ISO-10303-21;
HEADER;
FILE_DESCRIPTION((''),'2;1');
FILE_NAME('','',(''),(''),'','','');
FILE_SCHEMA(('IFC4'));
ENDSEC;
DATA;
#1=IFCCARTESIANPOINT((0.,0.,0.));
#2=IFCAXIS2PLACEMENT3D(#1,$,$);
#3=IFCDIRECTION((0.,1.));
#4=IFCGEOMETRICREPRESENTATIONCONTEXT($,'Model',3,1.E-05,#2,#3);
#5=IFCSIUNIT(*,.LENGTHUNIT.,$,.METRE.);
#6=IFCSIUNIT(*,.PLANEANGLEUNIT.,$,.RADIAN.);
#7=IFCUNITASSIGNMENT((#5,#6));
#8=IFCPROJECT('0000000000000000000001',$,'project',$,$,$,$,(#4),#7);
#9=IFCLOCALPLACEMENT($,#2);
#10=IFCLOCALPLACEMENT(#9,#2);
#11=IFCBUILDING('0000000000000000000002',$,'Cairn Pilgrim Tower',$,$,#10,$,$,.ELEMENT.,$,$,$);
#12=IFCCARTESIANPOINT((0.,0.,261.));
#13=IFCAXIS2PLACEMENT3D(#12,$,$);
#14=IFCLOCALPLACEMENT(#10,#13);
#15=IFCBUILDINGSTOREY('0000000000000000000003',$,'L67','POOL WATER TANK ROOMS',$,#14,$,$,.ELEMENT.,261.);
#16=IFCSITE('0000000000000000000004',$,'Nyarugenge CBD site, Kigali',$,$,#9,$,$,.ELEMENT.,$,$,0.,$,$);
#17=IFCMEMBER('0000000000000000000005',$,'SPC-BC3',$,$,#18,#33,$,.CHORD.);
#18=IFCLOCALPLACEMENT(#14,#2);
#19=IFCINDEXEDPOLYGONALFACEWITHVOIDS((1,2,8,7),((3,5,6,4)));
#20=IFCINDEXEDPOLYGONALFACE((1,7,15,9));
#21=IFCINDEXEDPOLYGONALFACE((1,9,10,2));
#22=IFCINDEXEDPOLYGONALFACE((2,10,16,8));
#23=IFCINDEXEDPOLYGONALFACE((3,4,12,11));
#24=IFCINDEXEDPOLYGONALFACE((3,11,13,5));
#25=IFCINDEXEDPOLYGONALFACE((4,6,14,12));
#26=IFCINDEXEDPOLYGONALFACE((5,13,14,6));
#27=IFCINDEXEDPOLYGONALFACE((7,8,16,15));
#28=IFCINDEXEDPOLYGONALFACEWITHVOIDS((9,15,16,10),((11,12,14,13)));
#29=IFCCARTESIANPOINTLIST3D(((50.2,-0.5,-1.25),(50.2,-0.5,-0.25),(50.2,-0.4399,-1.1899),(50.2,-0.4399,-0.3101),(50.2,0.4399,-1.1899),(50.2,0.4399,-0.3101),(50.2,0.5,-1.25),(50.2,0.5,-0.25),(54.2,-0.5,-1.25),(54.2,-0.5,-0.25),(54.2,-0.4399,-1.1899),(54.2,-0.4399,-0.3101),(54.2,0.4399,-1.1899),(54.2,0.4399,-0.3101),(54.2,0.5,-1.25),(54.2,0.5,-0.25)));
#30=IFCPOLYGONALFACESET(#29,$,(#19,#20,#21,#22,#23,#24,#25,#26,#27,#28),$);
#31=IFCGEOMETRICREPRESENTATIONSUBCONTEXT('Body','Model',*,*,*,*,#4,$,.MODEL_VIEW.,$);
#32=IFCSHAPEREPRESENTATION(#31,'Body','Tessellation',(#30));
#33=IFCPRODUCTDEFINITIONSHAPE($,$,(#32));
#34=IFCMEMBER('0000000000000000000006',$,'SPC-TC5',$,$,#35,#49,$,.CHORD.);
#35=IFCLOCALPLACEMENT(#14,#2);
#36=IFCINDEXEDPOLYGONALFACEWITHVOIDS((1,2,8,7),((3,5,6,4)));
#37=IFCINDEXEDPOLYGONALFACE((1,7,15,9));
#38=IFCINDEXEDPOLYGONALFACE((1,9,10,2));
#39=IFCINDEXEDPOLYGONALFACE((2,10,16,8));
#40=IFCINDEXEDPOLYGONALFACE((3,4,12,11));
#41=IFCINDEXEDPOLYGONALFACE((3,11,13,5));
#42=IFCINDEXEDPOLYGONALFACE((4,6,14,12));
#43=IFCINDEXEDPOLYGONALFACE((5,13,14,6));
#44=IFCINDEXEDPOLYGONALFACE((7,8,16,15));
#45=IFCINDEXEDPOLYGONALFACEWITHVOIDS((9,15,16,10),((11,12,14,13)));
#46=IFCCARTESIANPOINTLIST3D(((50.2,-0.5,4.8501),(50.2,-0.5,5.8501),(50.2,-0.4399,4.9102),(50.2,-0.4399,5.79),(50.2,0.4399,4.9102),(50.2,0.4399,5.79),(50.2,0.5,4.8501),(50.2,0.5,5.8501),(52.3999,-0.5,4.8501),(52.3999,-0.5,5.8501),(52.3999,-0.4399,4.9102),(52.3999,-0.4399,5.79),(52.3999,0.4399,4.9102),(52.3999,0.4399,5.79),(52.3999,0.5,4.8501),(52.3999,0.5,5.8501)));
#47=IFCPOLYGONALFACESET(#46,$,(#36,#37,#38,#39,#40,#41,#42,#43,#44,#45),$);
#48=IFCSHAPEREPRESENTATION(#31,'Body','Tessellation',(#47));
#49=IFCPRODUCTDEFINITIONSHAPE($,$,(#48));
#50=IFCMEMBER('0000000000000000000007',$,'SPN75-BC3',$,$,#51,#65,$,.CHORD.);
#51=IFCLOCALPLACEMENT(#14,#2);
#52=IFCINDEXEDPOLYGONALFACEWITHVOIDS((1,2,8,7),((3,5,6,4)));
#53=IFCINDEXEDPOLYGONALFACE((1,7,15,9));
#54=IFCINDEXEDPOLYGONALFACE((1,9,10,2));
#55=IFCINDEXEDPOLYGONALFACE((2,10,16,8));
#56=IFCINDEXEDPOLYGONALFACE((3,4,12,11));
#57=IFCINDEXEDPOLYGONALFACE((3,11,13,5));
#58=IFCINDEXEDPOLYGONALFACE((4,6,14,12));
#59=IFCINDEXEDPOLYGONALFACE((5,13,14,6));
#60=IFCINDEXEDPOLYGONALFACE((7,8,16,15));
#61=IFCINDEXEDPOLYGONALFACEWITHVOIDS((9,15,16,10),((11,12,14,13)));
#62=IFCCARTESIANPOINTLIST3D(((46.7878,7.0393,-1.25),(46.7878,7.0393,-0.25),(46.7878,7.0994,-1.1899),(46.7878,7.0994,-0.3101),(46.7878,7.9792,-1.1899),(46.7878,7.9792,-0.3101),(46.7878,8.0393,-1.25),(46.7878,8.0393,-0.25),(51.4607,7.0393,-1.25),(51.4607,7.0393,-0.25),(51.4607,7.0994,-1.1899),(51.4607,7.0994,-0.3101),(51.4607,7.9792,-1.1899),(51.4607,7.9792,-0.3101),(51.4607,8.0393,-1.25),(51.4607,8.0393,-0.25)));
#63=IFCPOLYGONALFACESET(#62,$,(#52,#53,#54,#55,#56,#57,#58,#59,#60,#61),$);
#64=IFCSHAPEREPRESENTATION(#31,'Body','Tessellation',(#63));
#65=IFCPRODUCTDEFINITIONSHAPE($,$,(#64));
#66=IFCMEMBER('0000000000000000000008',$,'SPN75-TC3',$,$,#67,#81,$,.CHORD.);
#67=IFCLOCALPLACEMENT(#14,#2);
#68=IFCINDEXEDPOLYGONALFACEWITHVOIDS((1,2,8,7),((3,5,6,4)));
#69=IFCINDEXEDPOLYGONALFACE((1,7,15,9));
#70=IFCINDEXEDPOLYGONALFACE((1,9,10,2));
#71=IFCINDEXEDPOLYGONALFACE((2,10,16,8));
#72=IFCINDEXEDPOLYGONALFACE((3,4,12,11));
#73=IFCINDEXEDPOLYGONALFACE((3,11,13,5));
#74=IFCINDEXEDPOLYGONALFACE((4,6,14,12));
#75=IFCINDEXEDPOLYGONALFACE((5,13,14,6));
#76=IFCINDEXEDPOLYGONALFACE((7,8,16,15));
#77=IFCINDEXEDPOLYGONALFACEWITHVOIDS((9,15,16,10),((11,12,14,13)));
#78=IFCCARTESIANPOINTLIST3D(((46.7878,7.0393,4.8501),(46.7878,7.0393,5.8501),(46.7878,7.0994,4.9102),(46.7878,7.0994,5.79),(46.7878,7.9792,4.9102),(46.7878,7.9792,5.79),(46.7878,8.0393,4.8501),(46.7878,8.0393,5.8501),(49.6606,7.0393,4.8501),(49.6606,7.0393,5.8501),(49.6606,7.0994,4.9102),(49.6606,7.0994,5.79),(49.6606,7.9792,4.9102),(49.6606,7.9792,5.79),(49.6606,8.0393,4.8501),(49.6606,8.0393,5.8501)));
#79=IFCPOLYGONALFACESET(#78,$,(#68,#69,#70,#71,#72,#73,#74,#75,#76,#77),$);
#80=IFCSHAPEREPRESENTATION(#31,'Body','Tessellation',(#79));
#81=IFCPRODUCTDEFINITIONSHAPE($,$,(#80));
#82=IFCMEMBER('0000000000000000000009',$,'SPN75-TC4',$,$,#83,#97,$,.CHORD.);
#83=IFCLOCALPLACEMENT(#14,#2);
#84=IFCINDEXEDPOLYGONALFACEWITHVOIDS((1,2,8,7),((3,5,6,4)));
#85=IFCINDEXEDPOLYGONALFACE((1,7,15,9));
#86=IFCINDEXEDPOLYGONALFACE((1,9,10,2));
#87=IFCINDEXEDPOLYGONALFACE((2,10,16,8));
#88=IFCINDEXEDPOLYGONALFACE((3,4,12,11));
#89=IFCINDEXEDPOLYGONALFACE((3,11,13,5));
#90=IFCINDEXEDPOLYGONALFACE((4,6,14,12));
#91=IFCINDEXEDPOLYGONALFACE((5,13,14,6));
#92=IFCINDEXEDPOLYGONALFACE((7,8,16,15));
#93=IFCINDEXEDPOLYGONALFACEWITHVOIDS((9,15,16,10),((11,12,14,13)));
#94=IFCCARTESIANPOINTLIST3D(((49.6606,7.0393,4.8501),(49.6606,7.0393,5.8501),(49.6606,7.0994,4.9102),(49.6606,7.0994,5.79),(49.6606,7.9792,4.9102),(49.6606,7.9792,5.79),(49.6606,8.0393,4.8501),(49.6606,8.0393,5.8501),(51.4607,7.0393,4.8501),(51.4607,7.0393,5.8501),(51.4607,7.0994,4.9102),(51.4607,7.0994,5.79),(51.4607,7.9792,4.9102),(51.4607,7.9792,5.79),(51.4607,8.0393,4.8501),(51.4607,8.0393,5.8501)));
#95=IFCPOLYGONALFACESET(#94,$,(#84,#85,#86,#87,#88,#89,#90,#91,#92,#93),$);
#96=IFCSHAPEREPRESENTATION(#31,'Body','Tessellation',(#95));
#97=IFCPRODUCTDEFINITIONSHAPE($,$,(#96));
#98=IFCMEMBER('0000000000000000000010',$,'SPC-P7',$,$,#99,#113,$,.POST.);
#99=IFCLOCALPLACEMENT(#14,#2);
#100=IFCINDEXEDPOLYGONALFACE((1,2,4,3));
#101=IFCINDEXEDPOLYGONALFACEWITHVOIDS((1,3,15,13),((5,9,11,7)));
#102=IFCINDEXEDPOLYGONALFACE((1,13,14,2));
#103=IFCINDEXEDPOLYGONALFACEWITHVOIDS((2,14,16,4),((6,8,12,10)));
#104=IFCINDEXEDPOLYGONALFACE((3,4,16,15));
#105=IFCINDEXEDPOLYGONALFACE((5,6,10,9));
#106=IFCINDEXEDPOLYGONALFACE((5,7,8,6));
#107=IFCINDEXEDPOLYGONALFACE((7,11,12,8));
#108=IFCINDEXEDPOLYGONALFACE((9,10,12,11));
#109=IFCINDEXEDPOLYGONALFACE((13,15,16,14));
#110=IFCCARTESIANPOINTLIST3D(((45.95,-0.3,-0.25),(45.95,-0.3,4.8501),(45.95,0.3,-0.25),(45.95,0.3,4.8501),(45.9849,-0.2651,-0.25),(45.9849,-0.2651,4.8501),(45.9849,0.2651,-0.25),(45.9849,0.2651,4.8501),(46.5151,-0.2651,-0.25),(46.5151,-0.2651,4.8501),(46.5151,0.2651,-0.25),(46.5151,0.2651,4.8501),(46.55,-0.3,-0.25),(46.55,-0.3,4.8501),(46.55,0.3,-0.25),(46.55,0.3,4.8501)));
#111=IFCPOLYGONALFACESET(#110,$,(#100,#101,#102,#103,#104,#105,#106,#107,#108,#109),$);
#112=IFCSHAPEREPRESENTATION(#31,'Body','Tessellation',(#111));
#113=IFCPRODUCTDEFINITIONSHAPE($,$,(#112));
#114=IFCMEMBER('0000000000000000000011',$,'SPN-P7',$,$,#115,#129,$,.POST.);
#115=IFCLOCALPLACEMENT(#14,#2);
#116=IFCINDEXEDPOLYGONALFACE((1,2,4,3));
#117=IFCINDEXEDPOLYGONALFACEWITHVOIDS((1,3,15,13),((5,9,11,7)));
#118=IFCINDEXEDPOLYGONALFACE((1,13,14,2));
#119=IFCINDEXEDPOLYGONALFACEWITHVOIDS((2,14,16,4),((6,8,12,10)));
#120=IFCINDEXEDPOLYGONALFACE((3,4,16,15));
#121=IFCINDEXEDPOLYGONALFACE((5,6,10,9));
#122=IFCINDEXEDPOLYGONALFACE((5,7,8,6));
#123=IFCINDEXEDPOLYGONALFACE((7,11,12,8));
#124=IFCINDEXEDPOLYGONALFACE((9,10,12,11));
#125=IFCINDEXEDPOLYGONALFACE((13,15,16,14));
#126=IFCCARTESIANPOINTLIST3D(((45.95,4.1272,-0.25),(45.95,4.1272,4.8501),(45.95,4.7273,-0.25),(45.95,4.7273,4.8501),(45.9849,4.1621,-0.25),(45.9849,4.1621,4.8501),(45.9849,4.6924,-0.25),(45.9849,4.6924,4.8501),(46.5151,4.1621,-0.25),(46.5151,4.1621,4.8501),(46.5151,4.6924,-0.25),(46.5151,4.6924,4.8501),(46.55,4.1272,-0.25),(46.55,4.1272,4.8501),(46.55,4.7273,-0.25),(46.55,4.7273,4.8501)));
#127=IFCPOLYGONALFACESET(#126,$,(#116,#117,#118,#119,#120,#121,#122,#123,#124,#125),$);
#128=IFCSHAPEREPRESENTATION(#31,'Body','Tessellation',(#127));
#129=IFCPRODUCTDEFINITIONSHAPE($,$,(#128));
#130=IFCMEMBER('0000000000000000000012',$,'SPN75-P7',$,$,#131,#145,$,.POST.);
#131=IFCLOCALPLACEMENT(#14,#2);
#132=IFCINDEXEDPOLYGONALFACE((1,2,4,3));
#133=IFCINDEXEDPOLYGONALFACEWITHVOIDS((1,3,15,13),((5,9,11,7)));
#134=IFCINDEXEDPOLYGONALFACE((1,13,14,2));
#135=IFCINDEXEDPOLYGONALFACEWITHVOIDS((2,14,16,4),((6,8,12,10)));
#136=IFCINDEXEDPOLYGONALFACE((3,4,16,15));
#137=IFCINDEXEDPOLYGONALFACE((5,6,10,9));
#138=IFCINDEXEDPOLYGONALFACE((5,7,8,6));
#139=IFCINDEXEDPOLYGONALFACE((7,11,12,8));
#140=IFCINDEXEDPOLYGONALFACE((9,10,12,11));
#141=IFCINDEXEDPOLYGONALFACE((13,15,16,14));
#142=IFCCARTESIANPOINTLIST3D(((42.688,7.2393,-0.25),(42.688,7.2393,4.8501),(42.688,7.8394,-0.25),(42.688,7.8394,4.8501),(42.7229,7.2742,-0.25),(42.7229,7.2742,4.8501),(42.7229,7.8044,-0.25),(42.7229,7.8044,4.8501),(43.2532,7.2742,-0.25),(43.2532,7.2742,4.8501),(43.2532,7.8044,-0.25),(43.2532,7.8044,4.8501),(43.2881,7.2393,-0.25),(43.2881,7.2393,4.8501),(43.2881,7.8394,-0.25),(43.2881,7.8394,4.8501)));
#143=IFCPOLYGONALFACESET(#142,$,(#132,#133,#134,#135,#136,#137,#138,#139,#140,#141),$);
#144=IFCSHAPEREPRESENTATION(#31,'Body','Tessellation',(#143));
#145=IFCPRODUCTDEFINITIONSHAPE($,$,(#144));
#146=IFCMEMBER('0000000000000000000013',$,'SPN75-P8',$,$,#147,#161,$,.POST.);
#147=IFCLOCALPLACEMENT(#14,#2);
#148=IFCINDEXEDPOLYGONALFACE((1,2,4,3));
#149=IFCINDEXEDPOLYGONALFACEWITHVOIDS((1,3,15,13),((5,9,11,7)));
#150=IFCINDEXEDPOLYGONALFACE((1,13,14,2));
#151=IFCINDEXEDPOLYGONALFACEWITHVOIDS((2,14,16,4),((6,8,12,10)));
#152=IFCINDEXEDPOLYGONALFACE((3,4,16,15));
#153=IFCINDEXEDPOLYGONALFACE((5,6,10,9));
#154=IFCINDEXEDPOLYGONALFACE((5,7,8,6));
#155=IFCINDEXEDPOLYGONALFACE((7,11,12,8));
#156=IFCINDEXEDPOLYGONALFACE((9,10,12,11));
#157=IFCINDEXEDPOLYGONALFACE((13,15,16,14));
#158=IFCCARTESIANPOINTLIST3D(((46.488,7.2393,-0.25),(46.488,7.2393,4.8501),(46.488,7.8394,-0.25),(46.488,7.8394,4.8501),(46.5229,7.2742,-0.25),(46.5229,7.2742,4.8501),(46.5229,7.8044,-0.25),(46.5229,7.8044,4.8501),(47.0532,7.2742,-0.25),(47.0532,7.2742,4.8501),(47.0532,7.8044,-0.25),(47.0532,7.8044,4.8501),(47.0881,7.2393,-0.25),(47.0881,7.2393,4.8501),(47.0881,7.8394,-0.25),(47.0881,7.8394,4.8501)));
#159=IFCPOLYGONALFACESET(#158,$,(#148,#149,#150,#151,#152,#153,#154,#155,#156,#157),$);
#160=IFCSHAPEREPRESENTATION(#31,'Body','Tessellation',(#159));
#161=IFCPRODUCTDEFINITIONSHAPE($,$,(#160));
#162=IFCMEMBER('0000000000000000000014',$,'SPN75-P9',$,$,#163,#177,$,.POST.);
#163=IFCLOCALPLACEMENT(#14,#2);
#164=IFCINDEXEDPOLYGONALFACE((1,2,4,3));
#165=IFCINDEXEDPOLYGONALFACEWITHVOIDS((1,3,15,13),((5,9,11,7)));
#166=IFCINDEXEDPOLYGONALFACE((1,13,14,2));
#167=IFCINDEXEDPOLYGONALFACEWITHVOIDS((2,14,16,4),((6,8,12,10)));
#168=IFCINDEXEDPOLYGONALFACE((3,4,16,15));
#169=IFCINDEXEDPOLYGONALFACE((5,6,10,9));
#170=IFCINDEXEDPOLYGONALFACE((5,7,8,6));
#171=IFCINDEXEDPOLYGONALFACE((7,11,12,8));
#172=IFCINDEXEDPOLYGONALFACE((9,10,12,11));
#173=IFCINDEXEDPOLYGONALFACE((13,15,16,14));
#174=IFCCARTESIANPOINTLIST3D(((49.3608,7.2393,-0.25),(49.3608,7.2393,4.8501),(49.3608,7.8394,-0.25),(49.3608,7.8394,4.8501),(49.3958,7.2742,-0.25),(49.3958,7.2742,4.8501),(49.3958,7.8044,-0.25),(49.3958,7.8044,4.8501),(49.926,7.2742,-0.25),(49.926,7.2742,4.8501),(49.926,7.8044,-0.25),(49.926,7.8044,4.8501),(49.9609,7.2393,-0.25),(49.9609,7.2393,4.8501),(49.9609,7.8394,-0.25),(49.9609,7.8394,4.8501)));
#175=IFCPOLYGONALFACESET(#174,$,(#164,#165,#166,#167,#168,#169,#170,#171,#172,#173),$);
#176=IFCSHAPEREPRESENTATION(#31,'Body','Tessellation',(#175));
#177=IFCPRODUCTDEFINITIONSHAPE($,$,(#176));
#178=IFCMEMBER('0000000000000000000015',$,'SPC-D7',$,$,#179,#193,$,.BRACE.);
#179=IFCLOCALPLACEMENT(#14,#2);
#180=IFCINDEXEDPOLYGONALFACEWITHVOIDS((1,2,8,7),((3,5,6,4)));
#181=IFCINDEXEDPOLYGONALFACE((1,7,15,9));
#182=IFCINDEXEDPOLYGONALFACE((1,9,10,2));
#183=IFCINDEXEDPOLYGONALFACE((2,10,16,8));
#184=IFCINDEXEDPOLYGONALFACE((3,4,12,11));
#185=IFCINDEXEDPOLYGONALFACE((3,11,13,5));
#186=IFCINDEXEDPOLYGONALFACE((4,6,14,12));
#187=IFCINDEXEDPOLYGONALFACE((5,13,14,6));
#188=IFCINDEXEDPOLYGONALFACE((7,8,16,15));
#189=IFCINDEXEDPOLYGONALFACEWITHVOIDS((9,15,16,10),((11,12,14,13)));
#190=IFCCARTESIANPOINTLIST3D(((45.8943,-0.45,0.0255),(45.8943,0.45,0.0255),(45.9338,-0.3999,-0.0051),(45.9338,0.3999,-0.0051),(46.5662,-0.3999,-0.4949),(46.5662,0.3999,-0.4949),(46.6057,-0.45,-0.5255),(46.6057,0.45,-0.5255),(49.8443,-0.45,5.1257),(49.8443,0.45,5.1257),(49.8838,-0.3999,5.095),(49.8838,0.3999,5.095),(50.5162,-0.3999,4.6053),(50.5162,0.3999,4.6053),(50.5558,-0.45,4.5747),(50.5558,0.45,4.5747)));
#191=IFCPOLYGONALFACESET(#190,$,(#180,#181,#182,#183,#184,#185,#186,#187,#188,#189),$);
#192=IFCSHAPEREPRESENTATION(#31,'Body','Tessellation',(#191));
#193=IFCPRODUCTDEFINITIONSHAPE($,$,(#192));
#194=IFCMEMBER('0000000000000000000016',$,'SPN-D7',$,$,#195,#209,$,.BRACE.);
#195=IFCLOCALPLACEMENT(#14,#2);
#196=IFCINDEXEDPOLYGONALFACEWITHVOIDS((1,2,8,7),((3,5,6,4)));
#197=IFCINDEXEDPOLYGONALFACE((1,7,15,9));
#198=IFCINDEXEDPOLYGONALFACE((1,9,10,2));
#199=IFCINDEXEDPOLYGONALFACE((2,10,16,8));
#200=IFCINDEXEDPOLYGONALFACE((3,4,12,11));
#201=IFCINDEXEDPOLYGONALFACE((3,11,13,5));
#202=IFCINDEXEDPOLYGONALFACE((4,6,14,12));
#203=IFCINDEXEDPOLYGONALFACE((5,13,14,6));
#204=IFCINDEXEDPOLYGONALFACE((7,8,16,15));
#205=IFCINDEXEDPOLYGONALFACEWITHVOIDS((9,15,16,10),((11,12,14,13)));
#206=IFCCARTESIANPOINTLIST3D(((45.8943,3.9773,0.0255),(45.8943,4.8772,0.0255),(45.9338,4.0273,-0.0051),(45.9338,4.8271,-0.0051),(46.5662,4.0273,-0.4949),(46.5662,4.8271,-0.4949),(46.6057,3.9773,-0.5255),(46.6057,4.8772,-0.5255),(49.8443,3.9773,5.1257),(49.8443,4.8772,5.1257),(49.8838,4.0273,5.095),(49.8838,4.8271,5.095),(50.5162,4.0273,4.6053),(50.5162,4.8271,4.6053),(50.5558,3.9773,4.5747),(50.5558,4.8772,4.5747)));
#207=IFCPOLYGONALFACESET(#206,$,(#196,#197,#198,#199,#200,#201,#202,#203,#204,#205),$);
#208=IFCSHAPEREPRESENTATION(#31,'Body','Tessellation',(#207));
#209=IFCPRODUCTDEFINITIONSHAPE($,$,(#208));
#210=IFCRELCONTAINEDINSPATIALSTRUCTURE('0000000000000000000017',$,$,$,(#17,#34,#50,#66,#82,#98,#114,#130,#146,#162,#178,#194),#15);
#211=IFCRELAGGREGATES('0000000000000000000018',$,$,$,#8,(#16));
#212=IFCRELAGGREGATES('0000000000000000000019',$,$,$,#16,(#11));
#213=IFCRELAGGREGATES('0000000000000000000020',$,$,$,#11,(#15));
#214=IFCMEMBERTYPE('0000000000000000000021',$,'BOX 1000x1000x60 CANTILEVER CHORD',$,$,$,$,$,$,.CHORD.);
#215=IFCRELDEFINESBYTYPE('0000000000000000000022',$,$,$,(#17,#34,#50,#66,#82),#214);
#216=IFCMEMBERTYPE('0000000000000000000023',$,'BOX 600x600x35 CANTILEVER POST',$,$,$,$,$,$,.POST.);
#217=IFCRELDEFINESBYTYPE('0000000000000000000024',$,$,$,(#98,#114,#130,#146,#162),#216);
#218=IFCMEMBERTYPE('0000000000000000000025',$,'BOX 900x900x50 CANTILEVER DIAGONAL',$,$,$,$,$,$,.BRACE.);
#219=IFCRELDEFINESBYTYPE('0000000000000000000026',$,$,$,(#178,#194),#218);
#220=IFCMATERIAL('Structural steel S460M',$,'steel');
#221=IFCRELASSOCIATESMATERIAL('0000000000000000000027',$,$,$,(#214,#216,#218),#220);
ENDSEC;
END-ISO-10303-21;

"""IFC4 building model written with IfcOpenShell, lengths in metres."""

from ifc_helpers import new_model, si_unit, direction, frame, origin, origin_2d, place, context, subcontext, project, spatial, hollow_rectangle, extrude, material, material_profile, profile_set, type_object, element, save


model = new_model("IFC4")

# Units and contexts
model_context = context("Model", 3, precision=1e-05, world=origin(), true_north=direction((0.0, 1.0)))
body_context = subcontext(model_context, "Body", "Model", "MODEL_VIEW")
ifc_project = project(units=[si_unit("LENGTHUNIT", "METRE"), si_unit("PLANEANGLEUNIT", "RADIAN")], contexts=[model_context])

# Site, building, storey
site_placement = place(None, origin())
site = spatial("IfcSite", under=ifc_project, at=site_placement, Name="Nyarugenge CBD site, Kigali", CompositionType="ELEMENT", RefElevation=0.0)
building_placement = place(site_placement, origin())
building = spatial("IfcBuilding", under=site, at=building_placement, Name="Cairn Pilgrim Tower", CompositionType="ELEMENT")
storey_placement = place(building_placement, frame((0.0, 0.0, 261.0)))
storey = spatial("IfcBuildingStorey", under=building, at=storey_placement, Name="L67", Description="POOL WATER TANK ROOMS", CompositionType="ELEMENT", Elevation=261.0)

# Members
ifc_material_1 = material(Name="Structural steel S460M", Category="steel")
ifc_material_profile_1 = material_profile(ifc_material_1, hollow_rectangle(XDim=1.0, YDim=1.0, WallThickness=0.0601, at=origin_2d()), Name="BOX 1000x1000x60")
ifc_profile_set_1 = profile_set([ifc_material_profile_1], Name="Structural steel S460M")
member_type_1 = type_object("IfcMemberType", Name="BOX 1000x1000x60 CANTILEVER CHORD", PredefinedType="CHORD", material=ifc_profile_set_1)
member_1_placement = place(storey_placement, frame((50.2, 0.0, -0.75), z_axis=(1.0, 0.0, 0.0), x_axis=(0.0, 1.0, 0.0)))
element("IfcMember", 1, at=member_1_placement, inside=storey, type_object=member_type_1, Name="SPC-BC3", PredefinedType="CHORD", context=body_context, shape_type="SweptSolid", body=[
    extrude(hollow_rectangle(XDim=1.0, YDim=1.0, WallThickness=0.0601, at=origin_2d()), origin(), (0.0, 0.0, 1.0), 4.0),
])
member_2_placement = place(storey_placement, frame((50.2, 0.0, 5.3501), z_axis=(1.0, 0.0, 0.0), x_axis=(0.0, 1.0, 0.0)))
element("IfcMember", 2, at=member_2_placement, inside=storey, type_object=member_type_1, Name="SPC-TC5", PredefinedType="CHORD", context=body_context, shape_type="SweptSolid", body=[
    extrude(hollow_rectangle(XDim=1.0, YDim=1.0, WallThickness=0.0601, at=origin_2d()), origin(), (0.0, 0.0, 1.0), 2.2),
])
member_3_placement = place(storey_placement, frame((46.7878, 7.5393, -0.75), z_axis=(1.0, 0.0, 0.0), x_axis=(0.0, 1.0, 0.0)))
element("IfcMember", 3, at=member_3_placement, inside=storey, type_object=member_type_1, Name="SPN75-BC3", PredefinedType="CHORD", context=body_context, shape_type="SweptSolid", body=[
    extrude(hollow_rectangle(XDim=1.0, YDim=1.0, WallThickness=0.0601, at=origin_2d()), origin(), (0.0, 0.0, 1.0), 4.6729),
])
member_4_placement = place(storey_placement, frame((46.7878, 7.5393, 5.3501), z_axis=(1.0, 0.0, 0.0), x_axis=(0.0, 1.0, 0.0)))
element("IfcMember", 4, at=member_4_placement, inside=storey, type_object=member_type_1, Name="SPN75-TC3", PredefinedType="CHORD", context=body_context, shape_type="SweptSolid", body=[
    extrude(hollow_rectangle(XDim=1.0, YDim=1.0, WallThickness=0.0601, at=origin_2d()), origin(), (0.0, 0.0, 1.0), 2.8728),
])
member_5_placement = place(storey_placement, frame((49.6606, 7.5393, 5.3501), z_axis=(1.0, 0.0, 0.0), x_axis=(0.0, 1.0, 0.0)))
element("IfcMember", 5, at=member_5_placement, inside=storey, type_object=member_type_1, Name="SPN75-TC4", PredefinedType="CHORD", context=body_context, shape_type="SweptSolid", body=[
    extrude(hollow_rectangle(XDim=1.0, YDim=1.0, WallThickness=0.0601, at=origin_2d()), origin(), (0.0, 0.0, 1.0), 1.8),
])
ifc_material_profile_2 = material_profile(ifc_material_1, hollow_rectangle(XDim=0.6001, YDim=0.6001, WallThickness=0.0349, at=origin_2d()), Name="BOX 600x600x35")
ifc_profile_set_2 = profile_set([ifc_material_profile_2], Name="Structural steel S460M")
member_type_2 = type_object("IfcMemberType", Name="BOX 600x600x35 CANTILEVER POST", PredefinedType="POST", material=ifc_profile_set_2)
for number, where, z_axis, x_axis, name in (
    (6, (46.25, 0.0, -0.25), (0.0, 0.0, 1.0), (1.0, 0.0, 0.0), "SPC-P7"),
    (7, (46.25, 4.4272, -0.25), (0.0, 0.0, 1.0), (1.0, 0.0, 0.0), "SPN-P7"),
    (8, (42.988, 7.5393, -0.25), (0.0, 0.0, 1.0), (1.0, 0.0, 0.0), "SPN75-P7"),
    (9, (46.7881, 7.5393, -0.25), (0.0, 0.0, 1.0), (1.0, 0.0, 0.0), "SPN75-P8"),
    (10, (49.6609, 7.5393, -0.25), (0.0, 0.0, 1.0), (1.0, 0.0, 0.0), "SPN75-P9"),
):
    element("IfcMember", number, at=place(storey_placement, frame(where, z_axis=z_axis, x_axis=x_axis)), inside=storey, type_object=member_type_2, Name=name, PredefinedType="POST", context=body_context, shape_type="SweptSolid", body=[
        extrude(hollow_rectangle(XDim=0.6001, YDim=0.6001, WallThickness=0.0349, at=origin_2d()), origin(), (0.0, 0.0, 1.0), 5.1001),
    ])
ifc_material_profile_3 = material_profile(ifc_material_1, hollow_rectangle(XDim=0.8999, YDim=0.8999, WallThickness=0.05, at=origin_2d()), Name="BOX 900x900x50")
ifc_profile_set_3 = profile_set([ifc_material_profile_3], Name="Structural steel S460M")
member_type_3 = type_object("IfcMemberType", Name="BOX 900x900x50 CANTILEVER DIAGONAL", PredefinedType="BRACE", material=ifc_profile_set_3)
for number, where, z_axis, x_axis, name in (
    (11, (46.25, 0.0, -0.25), (0.612317, 0.0, 0.790612), (0.0, 1.0, 0.0), "SPC-D7"),
    (12, (46.25, 4.4272, -0.25), (0.612317, 0.0, 0.790612), (0.0, 1.0, 0.0), "SPN-D7"),
):
    element("IfcMember", number, at=place(storey_placement, frame(where, z_axis=z_axis, x_axis=x_axis)), inside=storey, type_object=member_type_3, Name=name, PredefinedType="BRACE", context=body_context, shape_type="SweptSolid", body=[
        extrude(hollow_rectangle(XDim=0.8999, YDim=0.8999, WallThickness=0.05, at=origin_2d()), origin(), (0.0, 0.0, 1.0), 6.4509),
    ])

save(model, "model.ifc")
